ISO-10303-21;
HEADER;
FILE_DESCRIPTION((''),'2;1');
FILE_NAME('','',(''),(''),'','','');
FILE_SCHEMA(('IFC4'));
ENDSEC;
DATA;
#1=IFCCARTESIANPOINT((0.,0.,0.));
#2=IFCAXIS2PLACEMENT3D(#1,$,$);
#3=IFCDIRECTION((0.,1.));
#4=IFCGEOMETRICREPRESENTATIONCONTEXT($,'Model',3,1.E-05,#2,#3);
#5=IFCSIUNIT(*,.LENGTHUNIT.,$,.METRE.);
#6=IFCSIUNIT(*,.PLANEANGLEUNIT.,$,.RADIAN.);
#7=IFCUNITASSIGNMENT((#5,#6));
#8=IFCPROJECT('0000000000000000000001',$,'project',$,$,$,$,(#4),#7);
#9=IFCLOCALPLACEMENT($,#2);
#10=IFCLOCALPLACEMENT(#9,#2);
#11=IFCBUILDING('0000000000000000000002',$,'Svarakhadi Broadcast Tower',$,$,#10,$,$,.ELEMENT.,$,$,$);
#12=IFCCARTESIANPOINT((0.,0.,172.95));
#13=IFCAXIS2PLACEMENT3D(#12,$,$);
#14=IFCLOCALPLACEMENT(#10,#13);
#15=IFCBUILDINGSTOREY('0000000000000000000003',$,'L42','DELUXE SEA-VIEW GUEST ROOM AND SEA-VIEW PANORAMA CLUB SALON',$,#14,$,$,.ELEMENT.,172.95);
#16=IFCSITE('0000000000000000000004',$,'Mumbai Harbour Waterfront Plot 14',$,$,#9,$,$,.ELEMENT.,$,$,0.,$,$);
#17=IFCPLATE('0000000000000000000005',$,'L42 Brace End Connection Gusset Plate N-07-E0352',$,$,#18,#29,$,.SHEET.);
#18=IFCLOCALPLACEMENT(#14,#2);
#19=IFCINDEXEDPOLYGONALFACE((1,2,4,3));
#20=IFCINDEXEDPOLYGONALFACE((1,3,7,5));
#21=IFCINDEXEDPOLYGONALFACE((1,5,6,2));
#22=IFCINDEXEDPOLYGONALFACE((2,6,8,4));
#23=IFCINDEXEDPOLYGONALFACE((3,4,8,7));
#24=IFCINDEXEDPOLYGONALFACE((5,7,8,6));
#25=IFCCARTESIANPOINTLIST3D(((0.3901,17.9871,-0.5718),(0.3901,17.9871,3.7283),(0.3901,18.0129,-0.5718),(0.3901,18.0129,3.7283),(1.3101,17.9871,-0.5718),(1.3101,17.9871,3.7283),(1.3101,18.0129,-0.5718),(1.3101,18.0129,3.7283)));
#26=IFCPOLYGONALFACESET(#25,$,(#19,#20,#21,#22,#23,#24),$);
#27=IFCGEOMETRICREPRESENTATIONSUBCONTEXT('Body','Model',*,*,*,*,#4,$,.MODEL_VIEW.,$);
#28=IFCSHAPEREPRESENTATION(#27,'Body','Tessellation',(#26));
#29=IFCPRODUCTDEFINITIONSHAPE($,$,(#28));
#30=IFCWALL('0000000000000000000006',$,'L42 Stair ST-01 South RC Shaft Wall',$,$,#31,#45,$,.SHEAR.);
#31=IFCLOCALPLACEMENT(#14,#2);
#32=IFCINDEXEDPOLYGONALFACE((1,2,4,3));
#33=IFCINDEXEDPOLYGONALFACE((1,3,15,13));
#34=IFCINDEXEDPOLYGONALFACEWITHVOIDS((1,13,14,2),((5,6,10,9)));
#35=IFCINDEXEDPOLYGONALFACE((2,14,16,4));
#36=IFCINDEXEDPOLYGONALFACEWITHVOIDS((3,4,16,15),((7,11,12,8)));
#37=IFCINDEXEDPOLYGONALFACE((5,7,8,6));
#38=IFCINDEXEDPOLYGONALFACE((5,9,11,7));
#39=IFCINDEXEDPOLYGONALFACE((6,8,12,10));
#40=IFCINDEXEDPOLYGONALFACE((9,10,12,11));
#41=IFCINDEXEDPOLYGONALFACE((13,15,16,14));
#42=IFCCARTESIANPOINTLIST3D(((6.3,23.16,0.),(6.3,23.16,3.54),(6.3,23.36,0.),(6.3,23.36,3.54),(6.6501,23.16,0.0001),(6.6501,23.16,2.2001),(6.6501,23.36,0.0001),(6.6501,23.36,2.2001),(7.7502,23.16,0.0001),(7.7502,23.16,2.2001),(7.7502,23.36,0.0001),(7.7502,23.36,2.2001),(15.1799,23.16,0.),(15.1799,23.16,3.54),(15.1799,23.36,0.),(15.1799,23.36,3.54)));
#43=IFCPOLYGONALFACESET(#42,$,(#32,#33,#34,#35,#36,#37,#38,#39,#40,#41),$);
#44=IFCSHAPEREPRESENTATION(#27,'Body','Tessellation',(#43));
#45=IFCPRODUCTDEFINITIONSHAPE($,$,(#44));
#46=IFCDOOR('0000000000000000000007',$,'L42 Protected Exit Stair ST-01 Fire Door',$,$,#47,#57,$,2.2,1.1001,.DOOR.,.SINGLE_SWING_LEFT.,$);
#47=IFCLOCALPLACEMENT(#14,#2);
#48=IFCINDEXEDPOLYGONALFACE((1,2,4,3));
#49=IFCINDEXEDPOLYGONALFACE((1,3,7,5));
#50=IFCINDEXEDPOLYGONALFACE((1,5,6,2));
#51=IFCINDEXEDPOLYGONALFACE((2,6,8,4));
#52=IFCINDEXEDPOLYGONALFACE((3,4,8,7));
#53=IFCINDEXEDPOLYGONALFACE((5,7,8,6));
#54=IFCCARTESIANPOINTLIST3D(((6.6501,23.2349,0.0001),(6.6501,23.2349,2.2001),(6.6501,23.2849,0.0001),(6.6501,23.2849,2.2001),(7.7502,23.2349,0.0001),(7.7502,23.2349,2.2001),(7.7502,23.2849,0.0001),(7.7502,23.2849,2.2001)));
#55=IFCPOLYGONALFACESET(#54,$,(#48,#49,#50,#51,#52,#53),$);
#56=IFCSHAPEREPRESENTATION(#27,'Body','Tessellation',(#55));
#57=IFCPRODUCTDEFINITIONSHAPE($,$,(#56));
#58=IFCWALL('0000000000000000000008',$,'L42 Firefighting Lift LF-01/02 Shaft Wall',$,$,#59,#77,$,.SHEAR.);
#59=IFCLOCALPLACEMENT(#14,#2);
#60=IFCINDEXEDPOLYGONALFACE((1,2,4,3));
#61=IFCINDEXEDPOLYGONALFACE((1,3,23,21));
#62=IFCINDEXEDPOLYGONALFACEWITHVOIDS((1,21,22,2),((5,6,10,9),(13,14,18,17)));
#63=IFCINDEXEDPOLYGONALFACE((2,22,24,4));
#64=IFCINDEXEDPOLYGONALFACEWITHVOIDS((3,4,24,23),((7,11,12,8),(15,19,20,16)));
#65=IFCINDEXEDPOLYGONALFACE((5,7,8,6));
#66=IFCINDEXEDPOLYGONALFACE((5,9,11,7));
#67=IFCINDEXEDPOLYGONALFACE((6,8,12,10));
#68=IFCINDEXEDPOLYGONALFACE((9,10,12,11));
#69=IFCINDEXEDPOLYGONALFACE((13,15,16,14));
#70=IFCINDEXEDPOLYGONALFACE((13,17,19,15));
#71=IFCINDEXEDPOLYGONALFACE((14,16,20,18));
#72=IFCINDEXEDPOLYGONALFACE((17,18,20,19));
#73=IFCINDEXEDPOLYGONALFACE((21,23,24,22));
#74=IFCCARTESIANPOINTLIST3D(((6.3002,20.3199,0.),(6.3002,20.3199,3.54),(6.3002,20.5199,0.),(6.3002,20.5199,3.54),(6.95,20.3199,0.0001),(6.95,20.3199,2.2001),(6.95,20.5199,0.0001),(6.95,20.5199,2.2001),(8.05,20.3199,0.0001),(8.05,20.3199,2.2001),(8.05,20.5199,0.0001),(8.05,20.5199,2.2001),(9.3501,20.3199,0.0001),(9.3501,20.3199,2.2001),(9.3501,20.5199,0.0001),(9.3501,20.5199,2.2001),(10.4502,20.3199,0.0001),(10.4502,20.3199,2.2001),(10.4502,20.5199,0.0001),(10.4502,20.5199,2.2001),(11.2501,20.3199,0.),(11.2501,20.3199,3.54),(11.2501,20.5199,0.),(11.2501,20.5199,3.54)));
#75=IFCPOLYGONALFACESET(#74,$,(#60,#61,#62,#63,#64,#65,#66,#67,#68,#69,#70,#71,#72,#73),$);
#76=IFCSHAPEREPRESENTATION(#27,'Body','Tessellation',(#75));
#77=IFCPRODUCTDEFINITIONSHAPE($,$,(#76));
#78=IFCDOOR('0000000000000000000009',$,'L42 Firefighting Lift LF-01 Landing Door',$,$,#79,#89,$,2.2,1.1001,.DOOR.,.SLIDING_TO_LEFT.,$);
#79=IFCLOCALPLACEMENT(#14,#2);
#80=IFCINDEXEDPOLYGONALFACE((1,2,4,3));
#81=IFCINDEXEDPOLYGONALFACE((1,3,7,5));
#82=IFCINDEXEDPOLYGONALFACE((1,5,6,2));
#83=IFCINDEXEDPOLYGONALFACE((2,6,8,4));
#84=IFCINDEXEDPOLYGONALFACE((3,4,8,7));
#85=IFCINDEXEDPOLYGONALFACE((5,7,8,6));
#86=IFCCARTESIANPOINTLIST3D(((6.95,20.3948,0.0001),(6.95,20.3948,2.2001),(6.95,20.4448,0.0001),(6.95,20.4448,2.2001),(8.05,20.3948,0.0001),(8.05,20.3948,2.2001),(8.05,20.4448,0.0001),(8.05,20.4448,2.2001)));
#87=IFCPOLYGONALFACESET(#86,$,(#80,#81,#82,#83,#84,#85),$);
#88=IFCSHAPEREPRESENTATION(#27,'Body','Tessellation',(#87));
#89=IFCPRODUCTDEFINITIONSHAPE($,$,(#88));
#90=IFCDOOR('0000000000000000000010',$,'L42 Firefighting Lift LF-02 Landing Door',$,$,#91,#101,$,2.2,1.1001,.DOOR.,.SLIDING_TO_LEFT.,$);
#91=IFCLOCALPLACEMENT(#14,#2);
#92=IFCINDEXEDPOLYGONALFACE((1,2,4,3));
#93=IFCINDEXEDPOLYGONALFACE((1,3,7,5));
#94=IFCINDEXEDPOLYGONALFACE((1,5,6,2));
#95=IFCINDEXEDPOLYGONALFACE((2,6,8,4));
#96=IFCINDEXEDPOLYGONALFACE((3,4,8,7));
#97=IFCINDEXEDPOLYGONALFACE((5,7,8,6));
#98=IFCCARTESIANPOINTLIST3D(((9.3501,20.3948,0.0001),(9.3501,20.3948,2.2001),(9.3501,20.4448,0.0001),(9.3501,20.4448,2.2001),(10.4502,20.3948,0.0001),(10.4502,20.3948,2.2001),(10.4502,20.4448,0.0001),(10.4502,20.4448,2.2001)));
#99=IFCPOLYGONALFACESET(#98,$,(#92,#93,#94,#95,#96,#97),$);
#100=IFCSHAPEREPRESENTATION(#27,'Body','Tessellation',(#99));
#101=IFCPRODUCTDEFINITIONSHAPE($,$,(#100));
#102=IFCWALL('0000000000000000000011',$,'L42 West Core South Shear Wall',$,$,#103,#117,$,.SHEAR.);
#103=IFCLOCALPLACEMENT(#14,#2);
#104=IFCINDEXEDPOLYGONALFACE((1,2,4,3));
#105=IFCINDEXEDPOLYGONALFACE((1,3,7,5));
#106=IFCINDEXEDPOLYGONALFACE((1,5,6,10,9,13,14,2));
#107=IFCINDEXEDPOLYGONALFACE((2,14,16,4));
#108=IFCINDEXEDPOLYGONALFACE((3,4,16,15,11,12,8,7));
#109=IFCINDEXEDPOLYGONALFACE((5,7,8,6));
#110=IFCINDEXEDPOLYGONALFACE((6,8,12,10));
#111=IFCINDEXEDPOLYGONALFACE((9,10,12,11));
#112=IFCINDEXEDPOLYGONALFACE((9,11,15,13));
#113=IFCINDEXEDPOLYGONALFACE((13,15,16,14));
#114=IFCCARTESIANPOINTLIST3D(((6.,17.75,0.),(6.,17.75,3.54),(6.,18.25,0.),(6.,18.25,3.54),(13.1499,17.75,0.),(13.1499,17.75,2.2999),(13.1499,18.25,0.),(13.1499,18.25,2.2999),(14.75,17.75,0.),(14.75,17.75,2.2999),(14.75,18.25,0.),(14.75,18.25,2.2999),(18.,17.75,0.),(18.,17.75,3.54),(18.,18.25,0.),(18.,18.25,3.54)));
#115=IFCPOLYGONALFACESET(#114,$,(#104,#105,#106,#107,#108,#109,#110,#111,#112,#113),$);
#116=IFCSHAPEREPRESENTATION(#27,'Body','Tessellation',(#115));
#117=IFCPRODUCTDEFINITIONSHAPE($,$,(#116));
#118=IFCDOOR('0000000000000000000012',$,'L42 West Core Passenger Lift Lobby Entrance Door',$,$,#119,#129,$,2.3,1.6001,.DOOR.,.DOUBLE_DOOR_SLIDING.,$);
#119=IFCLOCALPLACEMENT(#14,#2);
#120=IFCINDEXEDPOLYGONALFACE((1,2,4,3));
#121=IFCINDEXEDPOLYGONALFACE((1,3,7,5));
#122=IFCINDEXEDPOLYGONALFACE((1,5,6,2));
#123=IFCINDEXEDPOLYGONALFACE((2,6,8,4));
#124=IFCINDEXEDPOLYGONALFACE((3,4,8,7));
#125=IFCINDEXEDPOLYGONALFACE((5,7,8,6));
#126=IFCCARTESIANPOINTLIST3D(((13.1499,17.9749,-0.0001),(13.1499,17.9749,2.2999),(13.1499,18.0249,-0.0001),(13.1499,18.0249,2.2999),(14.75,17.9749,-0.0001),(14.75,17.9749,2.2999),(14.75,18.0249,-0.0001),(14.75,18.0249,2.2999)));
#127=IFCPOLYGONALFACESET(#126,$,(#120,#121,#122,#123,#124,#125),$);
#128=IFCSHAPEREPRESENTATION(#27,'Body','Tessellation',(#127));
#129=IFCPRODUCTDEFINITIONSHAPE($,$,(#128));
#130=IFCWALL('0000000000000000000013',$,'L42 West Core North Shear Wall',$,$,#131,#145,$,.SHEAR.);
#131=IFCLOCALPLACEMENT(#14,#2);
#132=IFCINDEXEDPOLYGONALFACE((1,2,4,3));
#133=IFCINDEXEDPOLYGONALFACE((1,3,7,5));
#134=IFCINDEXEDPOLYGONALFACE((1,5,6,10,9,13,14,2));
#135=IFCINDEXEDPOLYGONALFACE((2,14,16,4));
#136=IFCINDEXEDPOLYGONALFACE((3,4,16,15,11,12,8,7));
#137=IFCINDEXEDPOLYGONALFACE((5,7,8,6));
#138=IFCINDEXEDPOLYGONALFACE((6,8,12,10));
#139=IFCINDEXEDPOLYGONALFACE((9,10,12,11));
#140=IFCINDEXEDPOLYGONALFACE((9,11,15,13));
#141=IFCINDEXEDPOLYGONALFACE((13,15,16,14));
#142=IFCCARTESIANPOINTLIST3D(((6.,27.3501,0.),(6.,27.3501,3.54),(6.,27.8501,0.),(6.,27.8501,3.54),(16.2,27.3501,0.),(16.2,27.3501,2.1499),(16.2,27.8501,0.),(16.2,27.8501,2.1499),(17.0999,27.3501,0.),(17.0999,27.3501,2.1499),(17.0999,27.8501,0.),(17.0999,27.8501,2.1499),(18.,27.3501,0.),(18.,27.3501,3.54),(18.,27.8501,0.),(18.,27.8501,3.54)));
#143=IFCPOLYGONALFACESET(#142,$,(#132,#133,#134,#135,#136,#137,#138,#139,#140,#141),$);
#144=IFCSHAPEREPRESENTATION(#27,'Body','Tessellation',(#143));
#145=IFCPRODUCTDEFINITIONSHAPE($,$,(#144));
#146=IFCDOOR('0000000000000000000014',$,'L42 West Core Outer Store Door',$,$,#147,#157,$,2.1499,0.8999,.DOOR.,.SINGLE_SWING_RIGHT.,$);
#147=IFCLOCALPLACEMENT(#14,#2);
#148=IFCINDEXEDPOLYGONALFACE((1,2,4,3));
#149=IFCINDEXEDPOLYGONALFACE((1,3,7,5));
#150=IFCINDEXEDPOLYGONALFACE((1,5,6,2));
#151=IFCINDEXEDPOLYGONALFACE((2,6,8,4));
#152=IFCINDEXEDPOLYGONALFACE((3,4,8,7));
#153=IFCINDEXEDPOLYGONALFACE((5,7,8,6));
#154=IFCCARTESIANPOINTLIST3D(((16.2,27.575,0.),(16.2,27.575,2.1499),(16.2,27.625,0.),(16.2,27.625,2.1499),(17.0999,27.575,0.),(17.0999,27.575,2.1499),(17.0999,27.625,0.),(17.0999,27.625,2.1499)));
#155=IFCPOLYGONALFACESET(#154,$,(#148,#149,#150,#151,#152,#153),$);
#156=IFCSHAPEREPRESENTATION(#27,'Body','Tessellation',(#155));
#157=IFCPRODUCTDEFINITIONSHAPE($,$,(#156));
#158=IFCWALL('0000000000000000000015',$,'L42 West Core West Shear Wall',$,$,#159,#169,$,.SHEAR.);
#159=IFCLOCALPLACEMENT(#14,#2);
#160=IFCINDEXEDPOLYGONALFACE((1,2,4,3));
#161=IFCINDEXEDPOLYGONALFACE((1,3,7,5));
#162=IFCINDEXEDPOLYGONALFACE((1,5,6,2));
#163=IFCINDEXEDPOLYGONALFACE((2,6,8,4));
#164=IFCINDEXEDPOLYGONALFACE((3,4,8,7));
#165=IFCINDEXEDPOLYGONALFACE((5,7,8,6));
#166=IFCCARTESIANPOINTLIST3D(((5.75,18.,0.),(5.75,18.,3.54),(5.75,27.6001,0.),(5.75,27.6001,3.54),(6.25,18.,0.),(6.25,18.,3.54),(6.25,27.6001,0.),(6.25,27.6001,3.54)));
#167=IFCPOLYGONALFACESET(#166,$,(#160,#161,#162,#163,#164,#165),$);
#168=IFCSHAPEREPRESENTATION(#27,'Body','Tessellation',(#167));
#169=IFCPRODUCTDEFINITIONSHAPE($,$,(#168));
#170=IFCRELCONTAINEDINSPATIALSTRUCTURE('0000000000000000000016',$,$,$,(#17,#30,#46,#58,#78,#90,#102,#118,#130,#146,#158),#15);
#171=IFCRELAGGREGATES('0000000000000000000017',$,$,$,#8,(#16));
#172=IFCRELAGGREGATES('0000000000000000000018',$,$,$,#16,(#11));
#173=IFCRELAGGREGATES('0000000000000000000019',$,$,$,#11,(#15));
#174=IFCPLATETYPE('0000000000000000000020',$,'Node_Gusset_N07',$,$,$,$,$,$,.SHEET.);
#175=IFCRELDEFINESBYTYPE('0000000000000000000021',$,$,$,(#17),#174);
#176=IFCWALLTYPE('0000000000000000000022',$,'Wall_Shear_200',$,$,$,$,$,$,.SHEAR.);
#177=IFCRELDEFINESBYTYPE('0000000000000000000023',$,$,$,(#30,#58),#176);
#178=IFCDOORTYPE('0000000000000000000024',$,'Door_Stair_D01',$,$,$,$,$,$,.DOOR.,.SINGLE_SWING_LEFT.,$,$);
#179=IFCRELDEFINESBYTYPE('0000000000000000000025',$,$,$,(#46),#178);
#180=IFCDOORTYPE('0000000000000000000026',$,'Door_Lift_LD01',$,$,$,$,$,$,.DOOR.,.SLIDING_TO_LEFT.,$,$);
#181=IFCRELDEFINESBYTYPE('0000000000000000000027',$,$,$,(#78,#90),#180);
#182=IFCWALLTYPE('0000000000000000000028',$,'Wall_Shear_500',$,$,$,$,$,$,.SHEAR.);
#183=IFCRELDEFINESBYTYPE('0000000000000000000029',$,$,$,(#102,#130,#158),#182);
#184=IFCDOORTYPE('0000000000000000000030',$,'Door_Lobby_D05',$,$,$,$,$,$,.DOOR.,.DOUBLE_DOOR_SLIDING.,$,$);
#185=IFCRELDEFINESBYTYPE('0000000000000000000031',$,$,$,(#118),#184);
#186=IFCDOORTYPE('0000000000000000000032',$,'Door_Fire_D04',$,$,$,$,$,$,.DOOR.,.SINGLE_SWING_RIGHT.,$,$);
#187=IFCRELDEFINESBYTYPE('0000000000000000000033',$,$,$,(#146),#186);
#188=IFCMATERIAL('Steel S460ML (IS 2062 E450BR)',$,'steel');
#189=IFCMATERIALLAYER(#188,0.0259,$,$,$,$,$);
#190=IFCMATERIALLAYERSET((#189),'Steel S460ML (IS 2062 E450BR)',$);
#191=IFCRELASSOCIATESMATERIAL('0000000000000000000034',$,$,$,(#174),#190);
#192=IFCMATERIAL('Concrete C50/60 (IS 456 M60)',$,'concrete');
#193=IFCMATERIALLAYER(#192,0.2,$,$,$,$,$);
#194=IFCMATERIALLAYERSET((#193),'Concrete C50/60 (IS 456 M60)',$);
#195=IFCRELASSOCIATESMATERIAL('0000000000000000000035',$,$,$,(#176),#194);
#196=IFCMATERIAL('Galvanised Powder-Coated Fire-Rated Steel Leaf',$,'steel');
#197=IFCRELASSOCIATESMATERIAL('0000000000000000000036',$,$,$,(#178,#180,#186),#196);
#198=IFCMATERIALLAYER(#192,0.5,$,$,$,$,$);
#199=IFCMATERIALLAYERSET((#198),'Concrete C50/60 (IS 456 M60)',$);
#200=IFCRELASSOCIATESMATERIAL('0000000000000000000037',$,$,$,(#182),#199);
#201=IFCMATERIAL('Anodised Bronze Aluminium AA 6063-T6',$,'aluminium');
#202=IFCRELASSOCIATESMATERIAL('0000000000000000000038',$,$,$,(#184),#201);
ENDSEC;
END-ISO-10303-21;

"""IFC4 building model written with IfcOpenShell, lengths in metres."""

from ifc_helpers import new_model, si_unit, direction, frame, frame_2d, origin, origin_2d, place, context, subcontext, project, spatial, rectangle, extrude, material, layer, layer_set, type_object, element, fill, save


model = new_model("IFC4")

# Units and contexts
model_context = context("Model", 3, precision=1e-05, world=origin(), true_north=direction((0.0, 1.0)))
body_context = subcontext(model_context, "Body", "Model", "MODEL_VIEW")
ifc_project = project(units=[si_unit("LENGTHUNIT", "METRE"), si_unit("PLANEANGLEUNIT", "RADIAN")], contexts=[model_context])

# Site, building, storey
site_placement = place(None, origin())
site = spatial("IfcSite", under=ifc_project, at=site_placement, Name="Mumbai Harbour Waterfront Plot 14", CompositionType="ELEMENT", RefElevation=0.0)
building_placement = place(site_placement, origin())
building = spatial("IfcBuilding", under=site, at=building_placement, Name="Svarakhadi Broadcast Tower", CompositionType="ELEMENT")
storey_placement = place(building_placement, frame((0.0, 0.0, 172.95)))
storey = spatial("IfcBuildingStorey", under=building, at=storey_placement, Name="L42", Description="DELUXE SEA-VIEW GUEST ROOM AND SEA-VIEW PANORAMA CLUB SALON", CompositionType="ELEMENT", Elevation=172.95)

# Shared definitions
ifc_material_1 = material(Name="Concrete C50/60 (IS 456 M60)", Category="concrete")
ifc_material_2 = material(Name="Steel S460ML (IS 2062 E450BR)", Category="steel")

# Shared definitions
ifc_material_3 = material(Name="Anodised Bronze Aluminium AA 6063-T6", Category="aluminium")

# Plate
ifc_layer_1 = layer(ifc_material_2, 0.0259)
ifc_layer_set_1 = layer_set([ifc_layer_1], Name="Steel S460ML (IS 2062 E450BR)")
plate_type_1 = type_object("IfcPlateType", Name="Node_Gusset_N07", PredefinedType="SHEET", material=ifc_layer_set_1)
plate_1_placement = place(storey_placement, frame((0.8501, 18.0, -0.5718), z_axis=(0.0, 0.0, 1.0), x_axis=(1.0, 0.0, 0.0)))
element("IfcPlate", 1, at=plate_1_placement, inside=storey, type_object=plate_type_1, Name="L42 Brace End Connection Gusset Plate N-07-E0352", PredefinedType="SHEET", context=body_context, shape_type="SweptSolid", body=[
    extrude(rectangle(XDim=0.9199, YDim=0.0259, at=origin_2d()), origin(), (0.0, 0.0, 1.0), 4.3),
])

# Wall, opening, door
ifc_layer_2 = layer(ifc_material_1, 0.2)
ifc_layer_set_2 = layer_set([ifc_layer_2], Name="Concrete C50/60 (IS 456 M60)")
wall_type_1 = type_object("IfcWallType", Name="Wall_Shear_200", PredefinedType="SHEAR", material=ifc_layer_set_2)
wall_1_placement = place(storey_placement, frame((6.3, 23.26, 0.0), z_axis=(0.0, 0.0, 1.0), x_axis=(1.0, 0.0, 0.0)))
wall_1 = element("IfcWall", 2, at=wall_1_placement, inside=storey, type_object=wall_type_1, Name="L42 Stair ST-01 South RC Shaft Wall", PredefinedType="SHEAR", context=body_context, shape_type="SweptSolid", body=[
    extrude(rectangle(XDim=8.8799, YDim=0.2, at=frame_2d((4.4399, 0.0))), origin(), (0.0, 0.0, 1.0), 3.54),
])
opening_1_placement = place(wall_1_placement, frame((0.3501, 0.0, 0.0)))
opening_1 = element("IfcOpeningElement", 3, at=opening_1_placement, cuts=wall_1, PredefinedType="OPENING", context=body_context, shape_type="SweptSolid", body=[
    extrude(rectangle(XDim=1.1001, YDim=2.2, at=frame_2d((0.55, 1.1001))), frame((0.0, 0.1099, 0.0), z_axis=(0.0, -1.0, 0.0), x_axis=(1.0, 0.0, 0.0)), (0.0, 0.0, 1.0), 0.22),
])
ifc_material_4 = material(Name="Galvanised Powder-Coated Fire-Rated Steel Leaf", Category="steel")
door_type_1 = type_object("IfcDoorType", Name="Door_Stair_D01", OperationType="SINGLE_SWING_LEFT", PredefinedType="DOOR", material=ifc_material_4)
door_1_placement = place(opening_1_placement, origin())
door_1 = element("IfcDoor", 4, at=door_1_placement, inside=storey, type_object=door_type_1, Name="L42 Protected Exit Stair ST-01 Fire Door", OperationType="SINGLE_SWING_LEFT", OverallHeight=2.2, OverallWidth=1.1001, PredefinedType="DOOR", context=body_context, shape_type="SweptSolid", body=[
    extrude(rectangle(XDim=1.1001, YDim=2.2, at=frame_2d((0.55, 1.1001))), frame((0.0, 0.0249, 0.0), z_axis=(0.0, -1.0, 0.0), x_axis=(1.0, 0.0, 0.0)), (0.0, 0.0, 1.0), 0.05),
])
fill(opening_1, door_1)

# Wall, openings, doors
wall_2_placement = place(storey_placement, frame((6.3, 20.4199, 0.0), z_axis=(0.0, 0.0, 1.0), x_axis=(1.0, 0.0, 0.0)))
wall_2 = element("IfcWall", 5, at=wall_2_placement, inside=storey, type_object=wall_type_1, Name="L42 Firefighting Lift LF-01/02 Shaft Wall", PredefinedType="SHEAR", context=body_context, shape_type="SweptSolid", body=[
    extrude(rectangle(XDim=4.95, YDim=0.2, at=frame_2d((2.4751, 0.0))), origin(), (0.0, 0.0, 1.0), 3.54),
])
opening_2_placement = place(wall_2_placement, frame((0.6499, 0.0, 0.0)))
opening_2 = element("IfcOpeningElement", 6, at=opening_2_placement, cuts=wall_2, PredefinedType="OPENING", context=body_context, shape_type="SweptSolid", body=[
    extrude(rectangle(XDim=1.1001, YDim=2.2, at=frame_2d((0.55, 1.1001))), frame((0.0, 0.1099, 0.0), z_axis=(0.0, -1.0, 0.0), x_axis=(1.0, 0.0, 0.0)), (0.0, 0.0, 1.0), 0.22),
])
opening_3_placement = place(wall_2_placement, frame((3.05, 0.0, 0.0)))
opening_3 = element("IfcOpeningElement", 7, at=opening_3_placement, cuts=wall_2, PredefinedType="OPENING", context=body_context, shape_type="SweptSolid", body=[
    extrude(rectangle(XDim=1.1001, YDim=2.2, at=frame_2d((0.55, 1.1001))), frame((0.0, 0.1099, 0.0), z_axis=(0.0, -1.0, 0.0), x_axis=(1.0, 0.0, 0.0)), (0.0, 0.0, 1.0), 0.22),
])
door_type_2 = type_object("IfcDoorType", Name="Door_Lift_LD01", OperationType="SLIDING_TO_LEFT", PredefinedType="DOOR", material=ifc_material_4)
door_2_placement = place(opening_2_placement, origin())
door_2 = element("IfcDoor", 8, at=door_2_placement, inside=storey, type_object=door_type_2, Name="L42 Firefighting Lift LF-01 Landing Door", OperationType="SLIDING_TO_LEFT", OverallHeight=2.2, OverallWidth=1.1001, PredefinedType="DOOR", context=body_context, shape_type="SweptSolid", body=[
    extrude(rectangle(XDim=1.1001, YDim=2.2, at=frame_2d((0.55, 1.1001))), frame((0.0, 0.0249, 0.0), z_axis=(0.0, -1.0, 0.0), x_axis=(1.0, 0.0, 0.0)), (0.0, 0.0, 1.0), 0.05),
])
fill(opening_2, door_2)
door_3_placement = place(opening_3_placement, origin())
door_3 = element("IfcDoor", 9, at=door_3_placement, inside=storey, type_object=door_type_2, Name="L42 Firefighting Lift LF-02 Landing Door", OperationType="SLIDING_TO_LEFT", OverallHeight=2.2, OverallWidth=1.1001, PredefinedType="DOOR", context=body_context, shape_type="SweptSolid", body=[
    extrude(rectangle(XDim=1.1001, YDim=2.2, at=frame_2d((0.55, 1.1001))), frame((0.0, 0.0249, 0.0), z_axis=(0.0, -1.0, 0.0), x_axis=(1.0, 0.0, 0.0)), (0.0, 0.0, 1.0), 0.05),
])
fill(opening_3, door_3)

# Walls, openings, doors
ifc_layer_3 = layer(ifc_material_1, 0.5)
ifc_layer_set_3 = layer_set([ifc_layer_3], Name="Concrete C50/60 (IS 456 M60)")
wall_type_2 = type_object("IfcWallType", Name="Wall_Shear_500", PredefinedType="SHEAR", material=ifc_layer_set_3)
wall_3_placement = place(storey_placement, frame((6.0, 18.0, 0.0), z_axis=(0.0, 0.0, 1.0), x_axis=(1.0, 0.0, 0.0)))
wall_3 = element("IfcWall", 10, at=wall_3_placement, inside=storey, type_object=wall_type_2, Name="L42 West Core South Shear Wall", PredefinedType="SHEAR", context=body_context, shape_type="SweptSolid", body=[
    extrude(rectangle(XDim=12.0, YDim=0.5, at=frame_2d((6.0, 0.0))), origin(), (0.0, 0.0, 1.0), 3.54),
])
opening_4_placement = place(wall_3_placement, frame((7.1499, 0.0, 0.0)))
opening_4 = element("IfcOpeningElement", 11, at=opening_4_placement, cuts=wall_3, PredefinedType="OPENING", context=body_context, shape_type="SweptSolid", body=[
    extrude(rectangle(XDim=1.6001, YDim=2.3, at=frame_2d((0.8, 1.1499))), frame((0.0, 0.26, 0.0), z_axis=(0.0, -1.0, 0.0), x_axis=(1.0, 0.0, 0.0)), (0.0, 0.0, 1.0), 0.52),
])
door_type_3 = type_object("IfcDoorType", Name="Door_Lobby_D05", OperationType="DOUBLE_DOOR_SLIDING", PredefinedType="DOOR", material=ifc_material_3)
door_4_placement = place(opening_4_placement, origin())
door_4 = element("IfcDoor", 12, at=door_4_placement, inside=storey, type_object=door_type_3, Name="L42 West Core Passenger Lift Lobby Entrance Door", OperationType="DOUBLE_DOOR_SLIDING", OverallHeight=2.3, OverallWidth=1.6001, PredefinedType="DOOR", context=body_context, shape_type="SweptSolid", body=[
    extrude(rectangle(XDim=1.6001, YDim=2.3, at=frame_2d((0.8, 1.1499))), frame((0.0, 0.0249, 0.0), z_axis=(0.0, -1.0, 0.0), x_axis=(1.0, 0.0, 0.0)), (0.0, 0.0, 1.0), 0.05),
])
fill(opening_4, door_4)
wall_4_placement = place(storey_placement, frame((6.0, 27.6001, 0.0), z_axis=(0.0, 0.0, 1.0), x_axis=(1.0, 0.0, 0.0)))
wall_4 = element("IfcWall", 13, at=wall_4_placement, inside=storey, type_object=wall_type_2, Name="L42 West Core North Shear Wall", PredefinedType="SHEAR", context=body_context, shape_type="SweptSolid", body=[
    extrude(rectangle(XDim=12.0, YDim=0.5, at=frame_2d((6.0, 0.0))), origin(), (0.0, 0.0, 1.0), 3.54),
])
opening_5_placement = place(wall_4_placement, frame((10.2, 0.0, 0.0)))
opening_5 = element("IfcOpeningElement", 14, at=opening_5_placement, cuts=wall_4, PredefinedType="OPENING", context=body_context, shape_type="SweptSolid", body=[
    extrude(rectangle(XDim=0.8999, YDim=2.1499, at=frame_2d((0.45, 1.075))), frame((0.0, 0.26, 0.0), z_axis=(0.0, -1.0, 0.0), x_axis=(1.0, 0.0, 0.0)), (0.0, 0.0, 1.0), 0.52),
])
door_type_4 = type_object("IfcDoorType", Name="Door_Fire_D04", OperationType="SINGLE_SWING_RIGHT", PredefinedType="DOOR", material=ifc_material_4)
door_5_placement = place(opening_5_placement, origin())
door_5 = element("IfcDoor", 15, at=door_5_placement, inside=storey, type_object=door_type_4, Name="L42 West Core Outer Store Door", OperationType="SINGLE_SWING_RIGHT", OverallHeight=2.1499, OverallWidth=0.8999, PredefinedType="DOOR", context=body_context, shape_type="SweptSolid", body=[
    extrude(rectangle(XDim=0.8999, YDim=2.1499, at=frame_2d((0.45, 1.075))), frame((0.0, 0.0249, 0.0), z_axis=(0.0, -1.0, 0.0), x_axis=(1.0, 0.0, 0.0)), (0.0, 0.0, 1.0), 0.05),
])
fill(opening_5, door_5)

# Wall
wall_5_placement = place(storey_placement, frame((6.0, 18.0, 0.0), z_axis=(0.0, 0.0, 1.0), x_axis=(0.0, 1.0, 0.0)))
element("IfcWall", 16, at=wall_5_placement, inside=storey, type_object=wall_type_2, Name="L42 West Core West Shear Wall", PredefinedType="SHEAR", context=body_context, shape_type="SweptSolid", body=[
    extrude(rectangle(XDim=9.6001, YDim=0.5, at=frame_2d((4.8, 0.0))), origin(), (0.0, 0.0, 1.0), 3.54),
])

save(model, "model.ifc")
